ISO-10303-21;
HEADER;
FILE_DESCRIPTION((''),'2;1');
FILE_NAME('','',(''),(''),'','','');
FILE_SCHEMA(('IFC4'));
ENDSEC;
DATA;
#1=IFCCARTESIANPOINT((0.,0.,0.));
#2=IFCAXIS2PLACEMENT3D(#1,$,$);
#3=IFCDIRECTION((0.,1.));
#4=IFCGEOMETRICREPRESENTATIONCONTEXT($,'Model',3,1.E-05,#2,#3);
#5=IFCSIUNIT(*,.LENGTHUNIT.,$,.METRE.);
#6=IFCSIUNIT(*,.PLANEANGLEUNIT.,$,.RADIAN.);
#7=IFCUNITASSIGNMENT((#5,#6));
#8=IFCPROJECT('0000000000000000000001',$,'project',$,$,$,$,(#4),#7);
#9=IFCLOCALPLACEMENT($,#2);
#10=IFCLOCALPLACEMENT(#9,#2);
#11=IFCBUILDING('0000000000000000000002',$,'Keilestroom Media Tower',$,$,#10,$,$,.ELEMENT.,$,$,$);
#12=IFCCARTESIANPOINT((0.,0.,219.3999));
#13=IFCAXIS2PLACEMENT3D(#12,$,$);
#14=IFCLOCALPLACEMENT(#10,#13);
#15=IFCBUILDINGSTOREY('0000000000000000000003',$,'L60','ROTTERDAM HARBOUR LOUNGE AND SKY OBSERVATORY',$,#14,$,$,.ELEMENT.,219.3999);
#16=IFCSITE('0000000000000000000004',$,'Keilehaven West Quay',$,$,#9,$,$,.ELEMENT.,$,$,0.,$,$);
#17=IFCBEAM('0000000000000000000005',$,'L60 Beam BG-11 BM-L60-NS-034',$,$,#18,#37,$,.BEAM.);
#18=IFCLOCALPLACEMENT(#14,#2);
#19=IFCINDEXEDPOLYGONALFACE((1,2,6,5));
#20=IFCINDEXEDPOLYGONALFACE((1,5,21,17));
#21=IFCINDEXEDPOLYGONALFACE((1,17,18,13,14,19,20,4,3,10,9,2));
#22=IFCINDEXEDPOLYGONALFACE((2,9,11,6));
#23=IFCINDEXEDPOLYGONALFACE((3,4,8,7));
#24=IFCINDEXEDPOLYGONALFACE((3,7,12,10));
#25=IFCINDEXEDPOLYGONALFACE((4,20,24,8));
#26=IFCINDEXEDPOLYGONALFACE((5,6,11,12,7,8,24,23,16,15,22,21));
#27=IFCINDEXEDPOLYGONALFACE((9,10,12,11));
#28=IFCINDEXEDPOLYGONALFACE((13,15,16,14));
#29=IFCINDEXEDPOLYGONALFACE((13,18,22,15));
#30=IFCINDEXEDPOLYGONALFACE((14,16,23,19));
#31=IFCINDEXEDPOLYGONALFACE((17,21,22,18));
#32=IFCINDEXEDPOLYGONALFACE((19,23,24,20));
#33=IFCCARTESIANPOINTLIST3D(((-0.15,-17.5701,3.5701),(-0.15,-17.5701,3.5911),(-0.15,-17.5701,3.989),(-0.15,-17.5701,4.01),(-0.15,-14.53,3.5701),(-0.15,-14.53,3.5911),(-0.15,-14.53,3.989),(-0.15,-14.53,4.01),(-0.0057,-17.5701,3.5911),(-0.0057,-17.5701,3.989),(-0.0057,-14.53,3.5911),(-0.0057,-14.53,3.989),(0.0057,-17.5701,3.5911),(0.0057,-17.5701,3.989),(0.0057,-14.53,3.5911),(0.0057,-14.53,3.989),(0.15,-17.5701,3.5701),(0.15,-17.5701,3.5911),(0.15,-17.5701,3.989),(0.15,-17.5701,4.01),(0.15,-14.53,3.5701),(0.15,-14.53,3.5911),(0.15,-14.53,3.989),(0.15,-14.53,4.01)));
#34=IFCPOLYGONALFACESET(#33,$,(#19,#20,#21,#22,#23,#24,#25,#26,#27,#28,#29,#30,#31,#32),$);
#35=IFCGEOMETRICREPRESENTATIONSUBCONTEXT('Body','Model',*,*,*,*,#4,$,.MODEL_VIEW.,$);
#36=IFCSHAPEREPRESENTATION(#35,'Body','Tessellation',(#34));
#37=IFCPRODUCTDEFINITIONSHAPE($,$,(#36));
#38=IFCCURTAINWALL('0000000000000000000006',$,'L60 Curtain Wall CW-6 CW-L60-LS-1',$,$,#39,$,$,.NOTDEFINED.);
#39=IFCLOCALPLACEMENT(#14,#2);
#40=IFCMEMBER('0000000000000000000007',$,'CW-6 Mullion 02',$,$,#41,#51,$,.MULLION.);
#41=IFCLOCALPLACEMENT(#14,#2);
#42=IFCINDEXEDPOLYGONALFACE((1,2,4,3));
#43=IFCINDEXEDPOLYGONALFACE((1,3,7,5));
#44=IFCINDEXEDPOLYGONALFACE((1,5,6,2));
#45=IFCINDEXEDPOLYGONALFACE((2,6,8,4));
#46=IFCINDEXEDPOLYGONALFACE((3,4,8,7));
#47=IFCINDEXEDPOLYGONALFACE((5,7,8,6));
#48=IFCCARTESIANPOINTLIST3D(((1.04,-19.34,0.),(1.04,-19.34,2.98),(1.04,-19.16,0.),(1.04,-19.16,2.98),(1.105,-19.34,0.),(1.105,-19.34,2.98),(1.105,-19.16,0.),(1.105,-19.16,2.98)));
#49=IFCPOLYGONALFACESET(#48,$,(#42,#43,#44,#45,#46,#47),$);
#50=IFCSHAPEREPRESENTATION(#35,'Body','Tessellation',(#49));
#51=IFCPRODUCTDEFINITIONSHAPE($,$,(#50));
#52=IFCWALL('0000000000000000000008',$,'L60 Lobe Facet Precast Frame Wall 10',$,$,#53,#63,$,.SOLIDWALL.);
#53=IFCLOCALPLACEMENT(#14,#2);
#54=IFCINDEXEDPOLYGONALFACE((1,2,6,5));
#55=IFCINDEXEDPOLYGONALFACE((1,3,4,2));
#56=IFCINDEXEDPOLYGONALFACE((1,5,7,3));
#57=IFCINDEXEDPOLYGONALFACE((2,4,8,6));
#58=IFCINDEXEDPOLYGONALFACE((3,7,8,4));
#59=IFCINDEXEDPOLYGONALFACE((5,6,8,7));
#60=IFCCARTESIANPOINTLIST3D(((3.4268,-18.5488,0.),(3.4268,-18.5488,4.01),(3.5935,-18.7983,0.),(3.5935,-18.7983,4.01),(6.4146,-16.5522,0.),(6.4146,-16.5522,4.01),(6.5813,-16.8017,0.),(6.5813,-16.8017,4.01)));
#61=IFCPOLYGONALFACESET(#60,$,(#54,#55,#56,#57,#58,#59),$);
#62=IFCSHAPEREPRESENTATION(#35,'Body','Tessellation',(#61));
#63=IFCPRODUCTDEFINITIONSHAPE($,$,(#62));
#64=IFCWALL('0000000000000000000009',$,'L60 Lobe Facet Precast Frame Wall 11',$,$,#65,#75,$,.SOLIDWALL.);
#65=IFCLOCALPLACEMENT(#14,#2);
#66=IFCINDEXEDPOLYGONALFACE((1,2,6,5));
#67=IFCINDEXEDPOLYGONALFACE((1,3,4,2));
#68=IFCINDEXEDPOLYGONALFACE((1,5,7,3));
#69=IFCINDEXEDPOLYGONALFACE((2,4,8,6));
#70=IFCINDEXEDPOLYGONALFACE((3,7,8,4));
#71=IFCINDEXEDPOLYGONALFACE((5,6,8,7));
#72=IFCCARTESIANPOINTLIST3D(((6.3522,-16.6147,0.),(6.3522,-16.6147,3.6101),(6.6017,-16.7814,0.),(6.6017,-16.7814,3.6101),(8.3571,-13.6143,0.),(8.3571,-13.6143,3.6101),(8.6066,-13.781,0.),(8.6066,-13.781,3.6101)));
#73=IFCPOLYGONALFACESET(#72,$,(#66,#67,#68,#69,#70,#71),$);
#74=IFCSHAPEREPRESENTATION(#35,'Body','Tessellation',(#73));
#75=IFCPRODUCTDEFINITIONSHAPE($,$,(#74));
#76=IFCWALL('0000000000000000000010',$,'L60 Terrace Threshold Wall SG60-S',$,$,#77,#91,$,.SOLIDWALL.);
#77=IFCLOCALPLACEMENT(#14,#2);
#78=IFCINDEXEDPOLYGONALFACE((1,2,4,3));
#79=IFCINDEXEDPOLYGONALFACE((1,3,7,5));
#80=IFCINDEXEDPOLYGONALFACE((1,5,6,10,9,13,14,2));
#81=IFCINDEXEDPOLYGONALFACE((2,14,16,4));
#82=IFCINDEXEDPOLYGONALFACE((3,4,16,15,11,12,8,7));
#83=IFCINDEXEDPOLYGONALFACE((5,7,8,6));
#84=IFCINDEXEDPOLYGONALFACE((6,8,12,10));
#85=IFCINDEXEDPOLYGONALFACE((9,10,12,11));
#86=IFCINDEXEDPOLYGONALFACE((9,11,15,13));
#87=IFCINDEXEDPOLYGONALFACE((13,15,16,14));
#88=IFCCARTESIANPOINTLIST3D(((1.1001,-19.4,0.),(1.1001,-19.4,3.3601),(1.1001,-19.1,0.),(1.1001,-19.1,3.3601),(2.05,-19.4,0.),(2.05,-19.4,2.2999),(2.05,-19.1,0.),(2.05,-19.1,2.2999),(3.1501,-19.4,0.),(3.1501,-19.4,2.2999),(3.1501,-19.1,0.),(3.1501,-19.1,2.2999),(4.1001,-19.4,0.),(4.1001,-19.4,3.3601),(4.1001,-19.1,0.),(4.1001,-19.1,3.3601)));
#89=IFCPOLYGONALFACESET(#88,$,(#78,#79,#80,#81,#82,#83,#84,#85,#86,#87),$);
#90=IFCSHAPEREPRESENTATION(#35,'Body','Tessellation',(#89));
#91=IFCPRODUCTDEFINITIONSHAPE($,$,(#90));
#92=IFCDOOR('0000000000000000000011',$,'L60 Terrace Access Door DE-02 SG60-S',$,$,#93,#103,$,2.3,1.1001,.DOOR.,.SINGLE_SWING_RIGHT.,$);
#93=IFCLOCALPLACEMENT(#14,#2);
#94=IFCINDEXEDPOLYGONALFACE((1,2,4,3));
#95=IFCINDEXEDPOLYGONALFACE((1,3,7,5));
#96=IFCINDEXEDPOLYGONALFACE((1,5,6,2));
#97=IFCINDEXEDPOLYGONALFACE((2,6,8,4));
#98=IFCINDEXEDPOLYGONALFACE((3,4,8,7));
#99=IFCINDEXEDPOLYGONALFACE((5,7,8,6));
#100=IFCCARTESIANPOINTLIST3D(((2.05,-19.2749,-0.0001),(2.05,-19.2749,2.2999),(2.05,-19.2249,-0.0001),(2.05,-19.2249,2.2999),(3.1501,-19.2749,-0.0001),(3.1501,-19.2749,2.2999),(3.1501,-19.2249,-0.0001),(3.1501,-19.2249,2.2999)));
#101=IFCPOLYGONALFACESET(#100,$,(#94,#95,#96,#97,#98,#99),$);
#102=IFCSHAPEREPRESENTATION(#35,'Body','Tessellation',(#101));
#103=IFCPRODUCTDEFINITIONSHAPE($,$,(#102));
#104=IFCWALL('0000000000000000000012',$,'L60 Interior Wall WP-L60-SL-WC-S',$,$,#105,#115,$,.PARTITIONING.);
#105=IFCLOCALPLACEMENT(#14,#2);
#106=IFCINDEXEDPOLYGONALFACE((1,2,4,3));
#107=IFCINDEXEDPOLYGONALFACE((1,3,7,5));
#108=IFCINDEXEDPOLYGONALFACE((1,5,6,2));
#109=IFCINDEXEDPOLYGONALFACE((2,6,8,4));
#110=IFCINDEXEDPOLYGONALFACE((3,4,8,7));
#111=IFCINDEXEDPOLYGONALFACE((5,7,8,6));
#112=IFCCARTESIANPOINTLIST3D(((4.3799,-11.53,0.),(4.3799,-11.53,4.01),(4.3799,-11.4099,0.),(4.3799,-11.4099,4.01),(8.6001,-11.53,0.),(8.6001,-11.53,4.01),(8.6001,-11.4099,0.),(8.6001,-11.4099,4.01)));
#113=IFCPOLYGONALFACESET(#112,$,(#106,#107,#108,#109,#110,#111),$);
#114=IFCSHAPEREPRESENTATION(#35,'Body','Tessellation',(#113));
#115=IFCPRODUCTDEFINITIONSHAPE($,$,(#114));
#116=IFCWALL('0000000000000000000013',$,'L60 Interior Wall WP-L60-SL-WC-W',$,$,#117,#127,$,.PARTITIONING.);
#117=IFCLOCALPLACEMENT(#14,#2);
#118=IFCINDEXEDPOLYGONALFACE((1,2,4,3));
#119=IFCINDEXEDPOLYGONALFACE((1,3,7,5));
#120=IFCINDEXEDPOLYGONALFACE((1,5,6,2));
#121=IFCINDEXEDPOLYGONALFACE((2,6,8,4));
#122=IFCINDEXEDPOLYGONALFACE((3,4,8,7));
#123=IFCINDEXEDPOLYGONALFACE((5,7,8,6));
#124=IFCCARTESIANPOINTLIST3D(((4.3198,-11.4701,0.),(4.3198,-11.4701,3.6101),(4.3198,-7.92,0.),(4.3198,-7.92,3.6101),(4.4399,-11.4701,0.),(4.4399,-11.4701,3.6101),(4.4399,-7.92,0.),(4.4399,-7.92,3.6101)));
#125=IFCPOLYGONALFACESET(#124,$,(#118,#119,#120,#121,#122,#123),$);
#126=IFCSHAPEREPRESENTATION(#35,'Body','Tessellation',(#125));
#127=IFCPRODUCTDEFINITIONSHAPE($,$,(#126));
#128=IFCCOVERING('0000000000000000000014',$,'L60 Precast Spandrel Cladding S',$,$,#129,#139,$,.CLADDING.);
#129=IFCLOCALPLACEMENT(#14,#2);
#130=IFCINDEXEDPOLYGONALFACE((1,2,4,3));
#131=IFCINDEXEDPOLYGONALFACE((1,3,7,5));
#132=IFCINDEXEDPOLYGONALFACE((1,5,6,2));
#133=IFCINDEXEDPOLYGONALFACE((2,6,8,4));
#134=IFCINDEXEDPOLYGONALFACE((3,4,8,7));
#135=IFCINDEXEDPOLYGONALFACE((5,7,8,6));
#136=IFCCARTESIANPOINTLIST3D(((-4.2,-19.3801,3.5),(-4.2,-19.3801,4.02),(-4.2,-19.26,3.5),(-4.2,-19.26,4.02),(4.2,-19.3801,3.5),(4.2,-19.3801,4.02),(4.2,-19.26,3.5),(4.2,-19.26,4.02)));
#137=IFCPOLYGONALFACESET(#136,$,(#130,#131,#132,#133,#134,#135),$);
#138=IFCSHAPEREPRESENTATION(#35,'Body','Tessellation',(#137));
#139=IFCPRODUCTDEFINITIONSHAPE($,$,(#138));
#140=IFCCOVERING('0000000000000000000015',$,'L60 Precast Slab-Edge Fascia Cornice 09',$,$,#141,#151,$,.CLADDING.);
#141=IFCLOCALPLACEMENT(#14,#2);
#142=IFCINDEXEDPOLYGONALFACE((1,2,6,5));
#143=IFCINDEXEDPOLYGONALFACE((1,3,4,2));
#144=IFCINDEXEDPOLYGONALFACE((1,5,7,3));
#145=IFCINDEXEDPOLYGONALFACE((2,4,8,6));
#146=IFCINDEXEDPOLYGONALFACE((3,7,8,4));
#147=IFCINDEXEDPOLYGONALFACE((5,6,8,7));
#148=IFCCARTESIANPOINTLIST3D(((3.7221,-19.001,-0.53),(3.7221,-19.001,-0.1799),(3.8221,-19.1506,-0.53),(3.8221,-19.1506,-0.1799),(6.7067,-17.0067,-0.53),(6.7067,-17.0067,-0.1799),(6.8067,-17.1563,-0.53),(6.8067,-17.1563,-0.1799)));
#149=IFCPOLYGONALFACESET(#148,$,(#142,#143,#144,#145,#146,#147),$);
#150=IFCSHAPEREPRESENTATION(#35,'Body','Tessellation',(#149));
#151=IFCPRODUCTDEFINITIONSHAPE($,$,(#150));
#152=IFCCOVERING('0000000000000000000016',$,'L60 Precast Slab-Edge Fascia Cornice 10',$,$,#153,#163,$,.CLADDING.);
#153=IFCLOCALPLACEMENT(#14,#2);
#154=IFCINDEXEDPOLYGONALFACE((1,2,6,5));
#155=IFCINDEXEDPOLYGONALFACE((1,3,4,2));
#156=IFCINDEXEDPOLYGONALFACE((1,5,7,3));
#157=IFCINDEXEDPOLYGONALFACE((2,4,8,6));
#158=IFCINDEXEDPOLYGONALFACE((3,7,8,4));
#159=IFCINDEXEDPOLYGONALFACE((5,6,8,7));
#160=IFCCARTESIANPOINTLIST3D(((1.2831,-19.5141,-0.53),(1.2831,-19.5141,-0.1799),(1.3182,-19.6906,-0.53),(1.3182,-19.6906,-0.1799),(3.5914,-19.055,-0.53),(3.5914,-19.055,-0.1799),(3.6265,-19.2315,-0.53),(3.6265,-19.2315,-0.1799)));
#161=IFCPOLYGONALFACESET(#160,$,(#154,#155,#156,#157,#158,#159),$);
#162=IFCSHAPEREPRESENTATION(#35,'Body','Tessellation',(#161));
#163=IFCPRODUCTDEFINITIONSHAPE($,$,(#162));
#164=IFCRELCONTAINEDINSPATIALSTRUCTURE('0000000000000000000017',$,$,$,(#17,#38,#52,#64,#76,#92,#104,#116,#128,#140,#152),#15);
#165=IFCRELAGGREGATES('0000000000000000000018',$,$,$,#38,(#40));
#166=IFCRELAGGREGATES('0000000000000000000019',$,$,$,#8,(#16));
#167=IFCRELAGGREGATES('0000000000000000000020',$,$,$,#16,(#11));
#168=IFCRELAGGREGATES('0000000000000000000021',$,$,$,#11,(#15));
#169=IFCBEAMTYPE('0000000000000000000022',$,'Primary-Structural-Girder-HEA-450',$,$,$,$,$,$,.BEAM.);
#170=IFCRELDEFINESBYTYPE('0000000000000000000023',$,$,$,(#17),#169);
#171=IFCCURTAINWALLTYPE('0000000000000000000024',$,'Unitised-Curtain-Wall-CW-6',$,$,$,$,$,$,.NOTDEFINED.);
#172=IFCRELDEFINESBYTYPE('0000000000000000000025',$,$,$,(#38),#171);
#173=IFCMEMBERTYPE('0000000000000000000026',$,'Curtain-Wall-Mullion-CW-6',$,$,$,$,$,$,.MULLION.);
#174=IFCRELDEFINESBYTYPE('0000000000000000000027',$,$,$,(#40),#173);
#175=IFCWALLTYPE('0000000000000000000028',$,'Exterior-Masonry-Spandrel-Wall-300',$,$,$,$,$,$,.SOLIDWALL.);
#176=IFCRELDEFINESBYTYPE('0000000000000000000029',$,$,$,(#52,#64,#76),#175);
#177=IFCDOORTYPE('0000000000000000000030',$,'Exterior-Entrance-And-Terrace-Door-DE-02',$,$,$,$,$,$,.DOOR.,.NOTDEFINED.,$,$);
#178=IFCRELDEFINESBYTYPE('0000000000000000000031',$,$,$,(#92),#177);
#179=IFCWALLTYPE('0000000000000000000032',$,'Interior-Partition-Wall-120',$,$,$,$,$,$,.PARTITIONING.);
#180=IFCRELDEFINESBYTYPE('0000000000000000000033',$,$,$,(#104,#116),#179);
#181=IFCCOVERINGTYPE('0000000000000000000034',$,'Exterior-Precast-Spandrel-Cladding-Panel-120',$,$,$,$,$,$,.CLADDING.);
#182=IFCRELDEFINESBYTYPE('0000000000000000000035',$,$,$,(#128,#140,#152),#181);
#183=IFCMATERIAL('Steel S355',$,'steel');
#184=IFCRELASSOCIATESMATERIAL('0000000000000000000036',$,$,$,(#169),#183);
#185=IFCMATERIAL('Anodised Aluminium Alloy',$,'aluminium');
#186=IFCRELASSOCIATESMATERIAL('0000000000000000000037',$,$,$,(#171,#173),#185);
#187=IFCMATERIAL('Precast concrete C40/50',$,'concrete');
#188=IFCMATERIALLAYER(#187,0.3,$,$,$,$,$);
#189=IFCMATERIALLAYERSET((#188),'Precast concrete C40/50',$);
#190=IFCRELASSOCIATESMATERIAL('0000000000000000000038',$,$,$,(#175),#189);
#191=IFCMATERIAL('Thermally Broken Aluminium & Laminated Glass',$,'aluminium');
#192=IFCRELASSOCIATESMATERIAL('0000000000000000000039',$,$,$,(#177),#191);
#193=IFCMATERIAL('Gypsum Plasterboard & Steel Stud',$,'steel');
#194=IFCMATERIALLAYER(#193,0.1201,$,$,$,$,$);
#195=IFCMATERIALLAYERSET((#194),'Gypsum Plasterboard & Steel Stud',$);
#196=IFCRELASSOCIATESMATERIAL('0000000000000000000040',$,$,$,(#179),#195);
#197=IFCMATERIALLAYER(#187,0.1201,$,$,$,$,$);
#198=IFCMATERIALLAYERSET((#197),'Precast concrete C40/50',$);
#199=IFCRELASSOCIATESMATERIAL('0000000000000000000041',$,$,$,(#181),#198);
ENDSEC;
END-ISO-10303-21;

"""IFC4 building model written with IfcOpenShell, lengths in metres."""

from ifc_helpers import new_model, si_unit, direction, frame, frame_2d, origin, origin_2d, place, context, subcontext, project, spatial, rectangle, i_section, extrude, source, transform, mapped, material, layer, layer_set, material_profile, profile_set, type_object, element, fill, aggregate, save


model = new_model("IFC4")

# Units and contexts
model_context = context("Model", 3, precision=1e-05, world=origin(), true_north=direction((0.0, 1.0)))
body_context = subcontext(model_context, "Body", "Model", "MODEL_VIEW")
ifc_project = project(units=[si_unit("LENGTHUNIT", "METRE"), si_unit("PLANEANGLEUNIT", "RADIAN")], contexts=[model_context])

# Site, building, storey
site_placement = place(None, origin())
site = spatial("IfcSite", under=ifc_project, at=site_placement, Name="Keilehaven West Quay", CompositionType="ELEMENT", RefElevation=0.0)
building_placement = place(site_placement, origin())
building = spatial("IfcBuilding", under=site, at=building_placement, Name="Keilestroom Media Tower", CompositionType="ELEMENT")
storey_placement = place(building_placement, frame((0.0, 0.0, 219.3999)))
storey = spatial("IfcBuildingStorey", under=building, at=storey_placement, Name="L60", Description="ROTTERDAM HARBOUR LOUNGE AND SKY OBSERVATORY", CompositionType="ELEMENT", Elevation=219.3999)

# Shared definitions
ifc_material_1 = material(Name="Steel S355", Category="steel")

# Beam
ifc_material_profile_1 = material_profile(ifc_material_1, i_section(OverallWidth=0.3, OverallDepth=0.4399, WebThickness=0.0115, FlangeThickness=0.021, at=origin_2d()), Name="HEA 450")
ifc_profile_set_1 = profile_set([ifc_material_profile_1], Name="Steel S355")
beam_type_1 = type_object("IfcBeamType", Name="Primary-Structural-Girder-HEA-450", PredefinedType="BEAM", material=ifc_profile_set_1)
shared_shape_1 = source(origin(), body_context, "Body", "SweptSolid", [
    extrude(i_section(OverallWidth=0.3, OverallDepth=0.4399, WebThickness=0.0115, FlangeThickness=0.021, at=origin_2d()), origin(), (0.0, 0.0, 1.0), 3.04),
])
beam_1_placement = place(storey_placement, frame((0.0, -17.5701, 3.79), z_axis=(0.0, 1.0, 0.0), x_axis=(-1.0, 0.0, 0.0)))
element("IfcBeam", 1, at=beam_1_placement, inside=storey, type_object=beam_type_1, Name="L60 Beam BG-11 BM-L60-NS-034", PredefinedType="BEAM", context=body_context, shape_type="MappedRepresentation", body=[
    mapped(shared_shape_1, transform((0.0, 0.0, 0.0), x_axis=(1.0, 0.0, 0.0), y_axis=(0.0, 1.0, 0.0), z_axis=(0.0, 0.0, 1.0), scale=1.0)),
])

# Curtain wall, member
ifc_material_2 = material(Name="Anodised Aluminium Alloy", Category="aluminium")
curtain_wall_type = type_object("IfcCurtainWallType", Name="Unitised-Curtain-Wall-CW-6", PredefinedType="NOTDEFINED", material=ifc_material_2)
curtain_wall_placement = place(storey_placement, origin())
curtain_wall = element("IfcCurtainWall", 2, at=curtain_wall_placement, inside=storey, type_object=curtain_wall_type, Name="L60 Curtain Wall CW-6 CW-L60-LS-1", PredefinedType="NOTDEFINED")
ifc_material_profile_2 = material_profile(ifc_material_2, rectangle(XDim=0.0649, YDim=0.1799, at=origin_2d()), Name="ALU MULLION 65x180")
ifc_profile_set_2 = profile_set([ifc_material_profile_2], Name="Anodised Aluminium Alloy")
member_type = type_object("IfcMemberType", Name="Curtain-Wall-Mullion-CW-6", PredefinedType="MULLION", material=ifc_profile_set_2)
shared_shape_2 = source(origin(), body_context, "Body", "SweptSolid", [
    extrude(rectangle(XDim=0.0649, YDim=0.1799, at=origin_2d()), origin(), (0.0, 0.0, 1.0), 2.98),
])
member_placement = place(storey_placement, frame((1.0725, -19.25, 0.0), z_axis=(0.0, 0.0, 1.0), x_axis=(1.0, 0.0, 0.0)))
member = element("IfcMember", 3, at=member_placement, type_object=member_type, Name="CW-6 Mullion 02", PredefinedType="MULLION", context=body_context, shape_type="MappedRepresentation", body=[
    mapped(shared_shape_2, transform((0.0, 0.0, 0.0), x_axis=(1.0, 0.0, 0.0), y_axis=(0.0, 1.0, 0.0), z_axis=(0.0, 0.0, 1.0), scale=1.0)),
])
aggregate(curtain_wall, [member])

# Walls
ifc_material_3 = material(Name="Precast concrete C40/50", Category="concrete")
ifc_layer_1 = layer(ifc_material_3, 0.3)
ifc_layer_set_1 = layer_set([ifc_layer_1], Name="Precast concrete C40/50")
wall_type_1 = type_object("IfcWallType", Name="Exterior-Masonry-Spandrel-Wall-300", PredefinedType="SOLIDWALL", material=ifc_layer_set_1)
wall_1_placement = place(storey_placement, frame((3.51, -18.6736, 0.0), z_axis=(0.0, 0.0, 1.0), x_axis=(0.831444, 0.555609, 0.0)))
element("IfcWall", 4, at=wall_1_placement, inside=storey, type_object=wall_type_1, Name="L60 Lobe Facet Precast Frame Wall 10", PredefinedType="SOLIDWALL", context=body_context, shape_type="SweptSolid", body=[
    extrude(rectangle(XDim=3.5935, YDim=0.3, at=frame_2d((1.7969, 0.0))), origin(), (0.0, 0.0, 1.0), 4.01),
])
wall_2_placement = place(storey_placement, frame((6.4771, -16.698, 0.0), z_axis=(0.0, 0.0, 1.0), x_axis=(0.555574, 0.831467, 0.0)))
element("IfcWall", 5, at=wall_2_placement, inside=storey, type_object=wall_type_1, Name="L60 Lobe Facet Precast Frame Wall 11", PredefinedType="SOLIDWALL", context=body_context, shape_type="SweptSolid", body=[
    extrude(rectangle(XDim=3.6086, YDim=0.3, at=frame_2d((1.8042, 0.0))), origin(), (0.0, 0.0, 1.0), 3.6101),
])

# Wall, opening, door
wall_3_placement = place(storey_placement, frame((1.1001, -19.25, 0.0), z_axis=(0.0, 0.0, 1.0), x_axis=(1.0, 0.0, 0.0)))
wall_3 = element("IfcWall", 6, at=wall_3_placement, inside=storey, type_object=wall_type_1, Name="L60 Terrace Threshold Wall SG60-S", PredefinedType="SOLIDWALL", context=body_context, shape_type="SweptSolid", body=[
    extrude(rectangle(XDim=3.0, YDim=0.3, at=frame_2d((1.5, 0.0))), origin(), (0.0, 0.0, 1.0), 3.3601),
])
opening_placement = place(wall_3_placement, frame((0.95, 0.0, 0.0)))
opening = element("IfcOpeningElement", 7, at=opening_placement, cuts=wall_3, PredefinedType="OPENING", context=body_context, shape_type="SweptSolid", body=[
    extrude(rectangle(XDim=1.1001, YDim=2.3, at=frame_2d((0.55, 1.1499))), frame((0.0, 0.1602, 0.0), z_axis=(0.0, -1.0, 0.0), x_axis=(1.0, 0.0, 0.0)), (0.0, 0.0, 1.0), 0.3201),
])
ifc_material_4 = material(Name="Thermally Broken Aluminium & Laminated Glass", Category="aluminium")
door_type = type_object("IfcDoorType", Name="Exterior-Entrance-And-Terrace-Door-DE-02", OperationType="NOTDEFINED", PredefinedType="DOOR", material=ifc_material_4)
shared_shape_3 = source(origin(), body_context, "Body", "SweptSolid", [
    extrude(rectangle(XDim=1.1001, YDim=2.3, at=frame_2d((0.55, 1.1499))), frame((0.0, 0.0249, 0.0), z_axis=(0.0, -1.0, 0.0), x_axis=(1.0, 0.0, 0.0)), (0.0, 0.0, 1.0), 0.05),
])
door_placement = place(opening_placement, frame((1.1001, 0.0, 0.0), z_axis=(0.0, 0.0, 1.0), x_axis=(-1.0, 0.0, 0.0)))
door = element("IfcDoor", 8, at=door_placement, inside=storey, type_object=door_type, Name="L60 Terrace Access Door DE-02 SG60-S", OperationType="SINGLE_SWING_RIGHT", OverallHeight=2.3, OverallWidth=1.1001, PredefinedType="DOOR", context=body_context, shape_type="MappedRepresentation", body=[
    mapped(shared_shape_3, transform((0.0, 0.0, 0.0), x_axis=(1.0, 0.0, 0.0), y_axis=(0.0, 1.0, 0.0), z_axis=(0.0, 0.0, 1.0), scale=1.0)),
])
fill(opening, door)

# Walls
ifc_material_5 = material(Name="Gypsum Plasterboard & Steel Stud", Category="steel")
ifc_layer_2 = layer(ifc_material_5, 0.1201)
ifc_layer_set_2 = layer_set([ifc_layer_2], Name="Gypsum Plasterboard & Steel Stud")
wall_type_2 = type_object("IfcWallType", Name="Interior-Partition-Wall-120", PredefinedType="PARTITIONING", material=ifc_layer_set_2)
wall_4_placement = place(storey_placement, frame((4.3799, -11.47, 0.0), z_axis=(0.0, 0.0, 1.0), x_axis=(1.0, 0.0, 0.0)))
element("IfcWall", 9, at=wall_4_placement, inside=storey, type_object=wall_type_2, Name="L60 Interior Wall WP-L60-SL-WC-S", PredefinedType="PARTITIONING", context=body_context, shape_type="SweptSolid", body=[
    extrude(rectangle(XDim=4.2202, YDim=0.1201, at=frame_2d((2.1101, 0.0))), origin(), (0.0, 0.0, 1.0), 4.01),
])
wall_5_placement = place(storey_placement, frame((4.3799, -11.47, 0.0), z_axis=(0.0, 0.0, 1.0), x_axis=(0.0, 1.0, 0.0)))
element("IfcWall", 10, at=wall_5_placement, inside=storey, type_object=wall_type_2, Name="L60 Interior Wall WP-L60-SL-WC-W", PredefinedType="PARTITIONING", context=body_context, shape_type="SweptSolid", body=[
    extrude(rectangle(XDim=3.55, YDim=0.1201, at=frame_2d((1.7749, 0.0))), origin(), (0.0, 0.0, 1.0), 3.6101),
])

# Coverings
ifc_layer_3 = layer(ifc_material_3, 0.1201)
ifc_layer_set_3 = layer_set([ifc_layer_3], Name="Precast concrete C40/50")
covering_type = type_object("IfcCoveringType", Name="Exterior-Precast-Spandrel-Cladding-Panel-120", PredefinedType="CLADDING", material=ifc_layer_set_3)
shared_shape_4 = source(origin(), body_context, "Body", "SweptSolid", [
    extrude(rectangle(XDim=8.3999, YDim=0.1201, at=origin_2d()), origin(), (0.0, 0.0, 1.0), 0.52),
])
covering_1_placement = place(storey_placement, frame((0.0, -19.3201, 3.5), z_axis=(0.0, 0.0, 1.0), x_axis=(1.0, 0.0, 0.0)))
element("IfcCovering", 11, at=covering_1_placement, inside=storey, type_object=covering_type, Name="L60 Precast Spandrel Cladding S", PredefinedType="CLADDING", context=body_context, shape_type="MappedRepresentation", body=[
    mapped(shared_shape_4, transform((0.0, 0.0, 0.0), x_axis=(1.0, 0.0, 0.0), y_axis=(0.0, 1.0, 0.0), z_axis=(0.0, 0.0, 1.0), scale=1.0)),
])
shared_shape_5 = source(origin(), body_context, "Body", "SweptSolid", [
    extrude(rectangle(XDim=3.5896, YDim=0.1799, at=origin_2d()), origin(), (0.0, 0.0, 1.0), 0.3501),
])
covering_2_placement = place(storey_placement, frame((5.2644, -18.0786, -0.53), z_axis=(0.0, 0.0, 1.0), x_axis=(-0.831467, -0.555575, 0.0)))
element("IfcCovering", 12, at=covering_2_placement, inside=storey, type_object=covering_type, Name="L60 Precast Slab-Edge Fascia Cornice 09", PredefinedType="CLADDING", context=body_context, shape_type="MappedRepresentation", body=[
    mapped(shared_shape_5, transform((0.0, 0.0, 0.0), x_axis=(1.0, 0.0, 0.0), y_axis=(0.0, 1.0, 0.0), z_axis=(0.0, 0.0, 1.0), scale=1.0)),
])
shared_shape_6 = source(origin(), body_context, "Body", "SweptSolid", [
    extrude(rectangle(XDim=2.3535, YDim=0.1799, at=origin_2d()), origin(), (0.0, 0.0, 1.0), 0.3501),
])
covering_3_placement = place(storey_placement, frame((2.4548, -19.3728, -0.53), z_axis=(0.0, 0.0, 1.0), x_axis=(-0.980784, -0.195099, 0.0)))
element("IfcCovering", 13, at=covering_3_placement, inside=storey, type_object=covering_type, Name="L60 Precast Slab-Edge Fascia Cornice 10", PredefinedType="CLADDING", context=body_context, shape_type="MappedRepresentation", body=[
    mapped(shared_shape_6, transform((0.0, 0.0, 0.0), x_axis=(1.0, 0.0, 0.0), y_axis=(0.0, 1.0, 0.0), z_axis=(0.0, 0.0, 1.0), scale=1.0)),
])

save(model, "model.ifc")
